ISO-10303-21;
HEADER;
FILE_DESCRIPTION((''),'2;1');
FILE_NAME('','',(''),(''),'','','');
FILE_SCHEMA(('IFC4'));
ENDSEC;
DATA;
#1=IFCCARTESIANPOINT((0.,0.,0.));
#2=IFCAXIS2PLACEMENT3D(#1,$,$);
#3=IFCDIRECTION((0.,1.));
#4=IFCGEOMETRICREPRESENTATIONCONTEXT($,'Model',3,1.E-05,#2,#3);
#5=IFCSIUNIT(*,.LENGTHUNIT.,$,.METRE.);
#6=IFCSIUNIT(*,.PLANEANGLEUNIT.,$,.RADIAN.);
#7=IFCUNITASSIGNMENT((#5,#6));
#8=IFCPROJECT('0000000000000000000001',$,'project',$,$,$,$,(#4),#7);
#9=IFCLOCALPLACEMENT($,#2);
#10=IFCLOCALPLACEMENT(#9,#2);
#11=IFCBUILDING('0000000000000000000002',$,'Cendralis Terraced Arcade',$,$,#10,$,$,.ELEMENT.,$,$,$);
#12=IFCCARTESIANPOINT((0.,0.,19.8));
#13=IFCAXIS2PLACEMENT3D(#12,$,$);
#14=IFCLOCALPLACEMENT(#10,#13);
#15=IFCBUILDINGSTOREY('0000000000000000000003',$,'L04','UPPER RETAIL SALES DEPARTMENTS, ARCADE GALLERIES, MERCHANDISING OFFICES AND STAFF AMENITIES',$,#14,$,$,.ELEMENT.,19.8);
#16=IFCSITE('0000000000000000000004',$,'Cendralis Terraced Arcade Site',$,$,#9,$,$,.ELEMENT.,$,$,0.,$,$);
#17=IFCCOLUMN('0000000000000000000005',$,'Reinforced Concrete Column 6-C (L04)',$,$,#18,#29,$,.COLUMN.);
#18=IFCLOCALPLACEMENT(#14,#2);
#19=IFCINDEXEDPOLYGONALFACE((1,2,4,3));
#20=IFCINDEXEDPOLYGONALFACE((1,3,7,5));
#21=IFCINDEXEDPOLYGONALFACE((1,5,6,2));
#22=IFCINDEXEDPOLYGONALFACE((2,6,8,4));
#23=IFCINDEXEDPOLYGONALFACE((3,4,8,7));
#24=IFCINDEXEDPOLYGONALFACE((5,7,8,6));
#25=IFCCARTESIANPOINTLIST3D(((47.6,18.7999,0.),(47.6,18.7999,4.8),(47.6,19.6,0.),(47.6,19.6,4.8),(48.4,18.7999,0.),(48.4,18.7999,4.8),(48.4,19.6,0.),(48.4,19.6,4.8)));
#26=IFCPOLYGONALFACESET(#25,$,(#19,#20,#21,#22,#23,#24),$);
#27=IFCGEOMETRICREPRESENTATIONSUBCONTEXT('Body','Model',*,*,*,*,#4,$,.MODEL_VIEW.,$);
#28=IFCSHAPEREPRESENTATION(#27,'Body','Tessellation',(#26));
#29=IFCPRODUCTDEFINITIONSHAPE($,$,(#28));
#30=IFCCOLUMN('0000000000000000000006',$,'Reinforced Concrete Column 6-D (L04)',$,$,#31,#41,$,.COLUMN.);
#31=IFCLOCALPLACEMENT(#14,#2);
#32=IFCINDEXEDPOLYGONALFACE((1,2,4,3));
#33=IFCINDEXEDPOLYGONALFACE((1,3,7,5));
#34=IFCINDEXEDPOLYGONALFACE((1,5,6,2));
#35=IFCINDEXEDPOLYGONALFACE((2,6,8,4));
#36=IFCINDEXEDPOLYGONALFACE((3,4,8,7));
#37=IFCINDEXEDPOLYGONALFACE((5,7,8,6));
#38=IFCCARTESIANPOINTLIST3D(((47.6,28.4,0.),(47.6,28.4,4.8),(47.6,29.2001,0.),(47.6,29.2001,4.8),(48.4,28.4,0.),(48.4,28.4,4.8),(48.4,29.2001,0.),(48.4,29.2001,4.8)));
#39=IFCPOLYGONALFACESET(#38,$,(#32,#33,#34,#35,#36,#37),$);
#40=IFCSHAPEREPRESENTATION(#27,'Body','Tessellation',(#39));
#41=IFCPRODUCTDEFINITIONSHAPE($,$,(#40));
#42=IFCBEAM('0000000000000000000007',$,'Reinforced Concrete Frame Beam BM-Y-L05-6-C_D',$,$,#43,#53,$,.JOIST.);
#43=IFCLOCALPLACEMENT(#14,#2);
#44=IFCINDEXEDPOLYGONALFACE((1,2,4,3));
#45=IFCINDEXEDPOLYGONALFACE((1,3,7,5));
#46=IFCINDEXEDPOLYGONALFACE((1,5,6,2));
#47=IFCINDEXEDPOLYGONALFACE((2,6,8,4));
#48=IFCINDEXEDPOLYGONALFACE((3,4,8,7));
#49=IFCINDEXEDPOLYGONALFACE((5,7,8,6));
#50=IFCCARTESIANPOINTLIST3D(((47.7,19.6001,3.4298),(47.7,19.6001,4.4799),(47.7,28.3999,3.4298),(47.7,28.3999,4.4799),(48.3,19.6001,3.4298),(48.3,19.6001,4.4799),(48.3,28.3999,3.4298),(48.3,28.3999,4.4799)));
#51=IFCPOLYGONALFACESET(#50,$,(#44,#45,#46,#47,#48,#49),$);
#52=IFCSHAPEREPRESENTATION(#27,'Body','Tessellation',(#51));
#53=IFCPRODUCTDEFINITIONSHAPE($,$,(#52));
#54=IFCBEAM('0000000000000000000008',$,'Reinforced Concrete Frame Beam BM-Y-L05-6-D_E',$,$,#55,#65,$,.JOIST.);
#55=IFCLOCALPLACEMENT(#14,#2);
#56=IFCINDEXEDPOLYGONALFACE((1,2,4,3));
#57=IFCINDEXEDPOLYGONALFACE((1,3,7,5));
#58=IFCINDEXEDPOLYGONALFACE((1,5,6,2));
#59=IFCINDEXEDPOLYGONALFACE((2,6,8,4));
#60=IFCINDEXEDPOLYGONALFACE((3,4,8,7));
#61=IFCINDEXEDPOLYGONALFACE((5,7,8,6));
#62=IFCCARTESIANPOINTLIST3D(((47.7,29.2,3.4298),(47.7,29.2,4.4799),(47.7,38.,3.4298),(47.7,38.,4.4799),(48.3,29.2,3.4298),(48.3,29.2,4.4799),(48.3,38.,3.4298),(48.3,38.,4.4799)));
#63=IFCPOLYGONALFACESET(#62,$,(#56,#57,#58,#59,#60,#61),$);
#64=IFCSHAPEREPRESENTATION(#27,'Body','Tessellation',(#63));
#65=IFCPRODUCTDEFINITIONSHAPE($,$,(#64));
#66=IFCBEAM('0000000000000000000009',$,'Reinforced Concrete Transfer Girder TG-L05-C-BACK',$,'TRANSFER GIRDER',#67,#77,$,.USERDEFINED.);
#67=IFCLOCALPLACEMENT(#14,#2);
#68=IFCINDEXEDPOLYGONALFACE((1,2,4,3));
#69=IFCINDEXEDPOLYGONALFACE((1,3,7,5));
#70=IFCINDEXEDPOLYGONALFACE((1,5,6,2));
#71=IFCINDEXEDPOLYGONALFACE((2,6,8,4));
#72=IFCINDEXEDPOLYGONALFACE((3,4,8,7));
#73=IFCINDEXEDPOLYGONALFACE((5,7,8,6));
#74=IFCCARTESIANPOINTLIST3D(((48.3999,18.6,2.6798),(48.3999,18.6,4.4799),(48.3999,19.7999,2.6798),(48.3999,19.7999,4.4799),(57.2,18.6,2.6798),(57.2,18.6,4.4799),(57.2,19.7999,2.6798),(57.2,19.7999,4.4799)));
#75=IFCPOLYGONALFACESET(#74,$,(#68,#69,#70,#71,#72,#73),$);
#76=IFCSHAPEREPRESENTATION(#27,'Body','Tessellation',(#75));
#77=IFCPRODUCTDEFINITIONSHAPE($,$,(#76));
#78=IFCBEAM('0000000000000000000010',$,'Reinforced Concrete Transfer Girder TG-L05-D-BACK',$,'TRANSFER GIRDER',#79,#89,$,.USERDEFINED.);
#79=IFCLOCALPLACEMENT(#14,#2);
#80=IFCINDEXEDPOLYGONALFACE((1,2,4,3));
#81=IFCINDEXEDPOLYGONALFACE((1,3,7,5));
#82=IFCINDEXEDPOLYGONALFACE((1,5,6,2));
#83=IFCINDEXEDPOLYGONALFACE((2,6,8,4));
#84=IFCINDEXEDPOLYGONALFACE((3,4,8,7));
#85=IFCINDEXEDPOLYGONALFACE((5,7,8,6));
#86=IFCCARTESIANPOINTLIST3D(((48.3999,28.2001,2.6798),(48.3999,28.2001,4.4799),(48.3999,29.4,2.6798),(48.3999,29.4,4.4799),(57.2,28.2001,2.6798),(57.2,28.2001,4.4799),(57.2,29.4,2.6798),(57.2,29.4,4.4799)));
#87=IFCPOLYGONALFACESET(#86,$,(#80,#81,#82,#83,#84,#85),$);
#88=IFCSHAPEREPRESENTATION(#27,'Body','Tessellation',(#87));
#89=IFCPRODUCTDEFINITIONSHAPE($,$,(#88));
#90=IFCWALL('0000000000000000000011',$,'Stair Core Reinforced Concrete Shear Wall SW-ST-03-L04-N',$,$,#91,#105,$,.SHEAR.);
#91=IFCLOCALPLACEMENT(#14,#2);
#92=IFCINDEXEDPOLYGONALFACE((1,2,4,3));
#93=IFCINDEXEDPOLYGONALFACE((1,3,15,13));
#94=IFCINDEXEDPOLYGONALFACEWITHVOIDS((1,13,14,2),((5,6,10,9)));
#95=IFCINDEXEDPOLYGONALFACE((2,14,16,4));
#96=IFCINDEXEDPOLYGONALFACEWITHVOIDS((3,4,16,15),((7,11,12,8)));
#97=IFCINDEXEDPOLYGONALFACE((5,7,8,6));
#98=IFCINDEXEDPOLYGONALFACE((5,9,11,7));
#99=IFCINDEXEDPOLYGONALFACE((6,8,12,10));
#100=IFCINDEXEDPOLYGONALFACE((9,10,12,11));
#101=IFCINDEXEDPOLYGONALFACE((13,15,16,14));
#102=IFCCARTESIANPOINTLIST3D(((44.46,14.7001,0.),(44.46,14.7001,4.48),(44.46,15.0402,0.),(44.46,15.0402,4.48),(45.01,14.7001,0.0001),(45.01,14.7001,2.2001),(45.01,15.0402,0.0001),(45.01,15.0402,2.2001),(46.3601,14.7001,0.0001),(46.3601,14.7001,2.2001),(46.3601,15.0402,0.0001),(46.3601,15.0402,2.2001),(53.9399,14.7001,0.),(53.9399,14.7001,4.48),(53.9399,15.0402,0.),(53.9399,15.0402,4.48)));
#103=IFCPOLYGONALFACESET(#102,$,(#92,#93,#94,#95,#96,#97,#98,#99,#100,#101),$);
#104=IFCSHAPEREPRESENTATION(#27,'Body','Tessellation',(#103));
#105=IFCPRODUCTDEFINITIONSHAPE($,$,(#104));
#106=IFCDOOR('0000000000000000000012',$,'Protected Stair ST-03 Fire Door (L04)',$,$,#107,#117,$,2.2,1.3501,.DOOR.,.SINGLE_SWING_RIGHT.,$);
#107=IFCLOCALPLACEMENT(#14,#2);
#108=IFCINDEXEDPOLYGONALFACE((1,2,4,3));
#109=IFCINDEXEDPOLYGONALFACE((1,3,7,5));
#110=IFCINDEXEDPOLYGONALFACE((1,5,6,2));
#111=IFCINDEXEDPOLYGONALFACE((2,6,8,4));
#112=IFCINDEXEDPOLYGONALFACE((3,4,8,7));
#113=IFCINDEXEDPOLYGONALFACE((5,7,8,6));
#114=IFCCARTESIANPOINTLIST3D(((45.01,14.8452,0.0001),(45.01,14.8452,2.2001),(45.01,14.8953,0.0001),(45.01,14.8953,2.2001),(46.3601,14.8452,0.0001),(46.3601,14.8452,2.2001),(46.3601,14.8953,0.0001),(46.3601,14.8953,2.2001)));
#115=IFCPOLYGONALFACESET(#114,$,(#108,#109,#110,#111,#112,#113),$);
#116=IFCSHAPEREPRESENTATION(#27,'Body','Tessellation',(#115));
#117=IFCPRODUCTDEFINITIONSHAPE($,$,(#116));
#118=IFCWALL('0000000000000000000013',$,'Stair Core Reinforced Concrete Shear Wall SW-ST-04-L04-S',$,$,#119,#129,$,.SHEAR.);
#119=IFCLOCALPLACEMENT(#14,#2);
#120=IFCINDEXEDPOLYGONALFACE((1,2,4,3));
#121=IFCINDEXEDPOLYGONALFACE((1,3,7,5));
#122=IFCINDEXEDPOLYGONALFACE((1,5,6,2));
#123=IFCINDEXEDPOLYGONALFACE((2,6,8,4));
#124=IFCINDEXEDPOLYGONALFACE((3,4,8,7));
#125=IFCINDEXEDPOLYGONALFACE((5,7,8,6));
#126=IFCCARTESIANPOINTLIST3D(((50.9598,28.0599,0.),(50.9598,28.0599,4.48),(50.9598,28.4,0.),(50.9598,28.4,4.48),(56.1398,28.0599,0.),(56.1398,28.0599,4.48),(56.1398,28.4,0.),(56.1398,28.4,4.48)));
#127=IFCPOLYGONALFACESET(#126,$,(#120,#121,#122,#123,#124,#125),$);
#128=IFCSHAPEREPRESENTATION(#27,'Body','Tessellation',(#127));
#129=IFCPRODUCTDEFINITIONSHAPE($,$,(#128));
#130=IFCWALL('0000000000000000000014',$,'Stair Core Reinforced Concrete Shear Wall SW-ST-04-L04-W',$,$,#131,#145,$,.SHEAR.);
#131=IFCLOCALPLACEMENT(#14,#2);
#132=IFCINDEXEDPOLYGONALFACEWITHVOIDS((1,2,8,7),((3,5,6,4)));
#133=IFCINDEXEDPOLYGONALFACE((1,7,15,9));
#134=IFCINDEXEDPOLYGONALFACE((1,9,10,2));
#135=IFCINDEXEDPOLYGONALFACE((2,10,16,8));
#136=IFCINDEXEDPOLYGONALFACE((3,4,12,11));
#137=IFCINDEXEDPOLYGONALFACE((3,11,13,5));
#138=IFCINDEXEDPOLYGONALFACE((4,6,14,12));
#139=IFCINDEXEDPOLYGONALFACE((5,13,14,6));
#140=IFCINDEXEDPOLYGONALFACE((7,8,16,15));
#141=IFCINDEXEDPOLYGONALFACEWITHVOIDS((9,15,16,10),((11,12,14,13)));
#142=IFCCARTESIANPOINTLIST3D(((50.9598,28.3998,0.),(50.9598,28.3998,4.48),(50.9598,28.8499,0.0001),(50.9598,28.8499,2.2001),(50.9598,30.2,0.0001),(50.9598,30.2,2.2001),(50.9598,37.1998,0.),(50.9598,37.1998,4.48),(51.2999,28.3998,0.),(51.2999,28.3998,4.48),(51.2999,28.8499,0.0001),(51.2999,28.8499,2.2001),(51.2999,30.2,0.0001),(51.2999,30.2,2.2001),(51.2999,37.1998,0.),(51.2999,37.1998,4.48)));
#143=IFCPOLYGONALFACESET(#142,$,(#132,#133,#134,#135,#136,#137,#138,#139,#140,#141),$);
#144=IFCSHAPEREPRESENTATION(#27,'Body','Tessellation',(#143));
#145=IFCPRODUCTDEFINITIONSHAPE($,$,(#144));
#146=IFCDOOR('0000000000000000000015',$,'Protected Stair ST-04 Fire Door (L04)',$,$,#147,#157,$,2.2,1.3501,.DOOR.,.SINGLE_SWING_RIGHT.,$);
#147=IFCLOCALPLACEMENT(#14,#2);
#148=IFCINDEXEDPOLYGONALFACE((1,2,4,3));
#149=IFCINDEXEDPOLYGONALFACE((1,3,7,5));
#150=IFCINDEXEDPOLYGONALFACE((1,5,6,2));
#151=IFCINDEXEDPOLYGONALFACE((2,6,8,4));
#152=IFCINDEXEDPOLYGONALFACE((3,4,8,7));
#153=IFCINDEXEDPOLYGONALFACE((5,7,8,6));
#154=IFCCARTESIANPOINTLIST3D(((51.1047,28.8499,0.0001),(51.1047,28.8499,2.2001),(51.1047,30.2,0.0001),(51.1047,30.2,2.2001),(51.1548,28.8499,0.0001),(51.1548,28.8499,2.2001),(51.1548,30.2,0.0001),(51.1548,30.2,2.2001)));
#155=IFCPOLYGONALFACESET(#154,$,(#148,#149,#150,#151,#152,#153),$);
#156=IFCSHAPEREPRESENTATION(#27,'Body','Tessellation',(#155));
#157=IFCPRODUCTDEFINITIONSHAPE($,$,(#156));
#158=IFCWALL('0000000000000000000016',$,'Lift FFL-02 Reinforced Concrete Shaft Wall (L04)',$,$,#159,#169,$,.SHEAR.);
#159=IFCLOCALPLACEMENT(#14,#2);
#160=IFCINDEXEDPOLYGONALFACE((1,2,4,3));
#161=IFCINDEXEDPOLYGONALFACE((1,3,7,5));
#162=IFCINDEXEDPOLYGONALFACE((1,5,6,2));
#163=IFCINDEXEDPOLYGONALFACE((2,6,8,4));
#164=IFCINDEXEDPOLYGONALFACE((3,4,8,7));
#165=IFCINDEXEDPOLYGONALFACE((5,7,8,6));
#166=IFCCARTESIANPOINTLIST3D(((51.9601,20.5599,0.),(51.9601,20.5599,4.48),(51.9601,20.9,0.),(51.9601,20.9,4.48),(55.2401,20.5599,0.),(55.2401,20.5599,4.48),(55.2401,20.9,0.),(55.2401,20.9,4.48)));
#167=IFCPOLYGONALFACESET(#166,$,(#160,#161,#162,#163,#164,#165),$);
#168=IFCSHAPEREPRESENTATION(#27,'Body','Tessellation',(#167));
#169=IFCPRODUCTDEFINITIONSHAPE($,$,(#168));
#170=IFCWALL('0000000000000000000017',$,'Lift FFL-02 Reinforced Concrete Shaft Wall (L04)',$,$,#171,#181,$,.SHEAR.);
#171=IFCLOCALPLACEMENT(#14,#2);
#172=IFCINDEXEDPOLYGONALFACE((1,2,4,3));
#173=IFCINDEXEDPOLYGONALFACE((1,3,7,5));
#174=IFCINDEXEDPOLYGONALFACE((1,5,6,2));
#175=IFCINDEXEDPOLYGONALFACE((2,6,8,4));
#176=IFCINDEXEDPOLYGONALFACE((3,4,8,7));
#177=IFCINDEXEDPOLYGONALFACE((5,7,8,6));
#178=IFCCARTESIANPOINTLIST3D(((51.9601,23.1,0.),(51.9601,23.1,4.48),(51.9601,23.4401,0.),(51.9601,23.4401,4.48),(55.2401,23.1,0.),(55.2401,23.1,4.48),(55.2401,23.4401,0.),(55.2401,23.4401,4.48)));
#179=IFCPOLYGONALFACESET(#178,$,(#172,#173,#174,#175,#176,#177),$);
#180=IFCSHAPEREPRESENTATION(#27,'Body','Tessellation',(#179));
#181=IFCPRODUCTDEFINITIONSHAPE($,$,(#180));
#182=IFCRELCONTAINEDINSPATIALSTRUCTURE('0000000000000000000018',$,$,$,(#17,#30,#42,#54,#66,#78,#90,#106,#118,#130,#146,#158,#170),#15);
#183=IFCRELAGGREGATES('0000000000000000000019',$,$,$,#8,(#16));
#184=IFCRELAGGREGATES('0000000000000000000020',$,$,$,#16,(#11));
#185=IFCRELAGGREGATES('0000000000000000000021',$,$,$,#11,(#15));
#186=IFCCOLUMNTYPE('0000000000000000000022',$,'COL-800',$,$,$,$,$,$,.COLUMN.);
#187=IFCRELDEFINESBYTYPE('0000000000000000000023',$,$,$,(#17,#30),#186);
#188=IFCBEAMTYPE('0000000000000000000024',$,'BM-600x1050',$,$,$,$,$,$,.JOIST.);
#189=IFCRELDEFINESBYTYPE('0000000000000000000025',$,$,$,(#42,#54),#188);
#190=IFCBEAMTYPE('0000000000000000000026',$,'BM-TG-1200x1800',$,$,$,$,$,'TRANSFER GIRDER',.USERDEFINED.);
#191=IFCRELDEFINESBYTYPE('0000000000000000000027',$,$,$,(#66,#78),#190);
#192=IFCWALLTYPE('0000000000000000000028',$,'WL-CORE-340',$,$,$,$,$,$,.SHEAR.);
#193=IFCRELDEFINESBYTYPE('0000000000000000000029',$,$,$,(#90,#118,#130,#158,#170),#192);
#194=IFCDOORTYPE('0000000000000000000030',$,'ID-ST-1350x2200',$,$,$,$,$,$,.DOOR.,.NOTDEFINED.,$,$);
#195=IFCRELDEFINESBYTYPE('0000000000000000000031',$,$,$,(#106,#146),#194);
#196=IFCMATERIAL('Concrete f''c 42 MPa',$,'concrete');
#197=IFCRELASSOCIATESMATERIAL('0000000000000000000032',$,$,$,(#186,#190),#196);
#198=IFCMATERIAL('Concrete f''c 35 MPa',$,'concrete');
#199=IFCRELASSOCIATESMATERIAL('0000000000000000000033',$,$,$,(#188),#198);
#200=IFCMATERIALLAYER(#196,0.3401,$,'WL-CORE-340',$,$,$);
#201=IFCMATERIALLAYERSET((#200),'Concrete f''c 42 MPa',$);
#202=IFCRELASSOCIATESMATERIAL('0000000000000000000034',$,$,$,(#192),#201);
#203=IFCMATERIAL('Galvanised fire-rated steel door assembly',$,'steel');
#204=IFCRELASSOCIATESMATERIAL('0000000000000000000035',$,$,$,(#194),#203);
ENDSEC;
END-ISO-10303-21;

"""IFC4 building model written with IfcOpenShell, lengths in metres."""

from ifc_helpers import new_model, si_unit, direction, frame, frame_2d, origin, origin_2d, place, context, subcontext, project, spatial, rectangle, extrude, material, layer, layer_set, material_profile, profile_set, type_object, element, fill, save


model = new_model("IFC4")

# Units and contexts
model_context = context("Model", 3, precision=1e-05, world=origin(), true_north=direction((0.0, 1.0)))
body_context = subcontext(model_context, "Body", "Model", "MODEL_VIEW")
ifc_project = project(units=[si_unit("LENGTHUNIT", "METRE"), si_unit("PLANEANGLEUNIT", "RADIAN")], contexts=[model_context])

# Site, building, storey
site_placement = place(None, origin())
site = spatial("IfcSite", under=ifc_project, at=site_placement, Name="Cendralis Terraced Arcade Site", CompositionType="ELEMENT", RefElevation=0.0)
building_placement = place(site_placement, origin())
building = spatial("IfcBuilding", under=site, at=building_placement, Name="Cendralis Terraced Arcade", CompositionType="ELEMENT")
storey_placement = place(building_placement, frame((0.0, 0.0, 19.8)))
storey = spatial("IfcBuildingStorey", under=building, at=storey_placement, Name="L04", Description="UPPER RETAIL SALES DEPARTMENTS, ARCADE GALLERIES, MERCHANDISING OFFICES AND STAFF AMENITIES", CompositionType="ELEMENT", Elevation=19.8)

# Columns
ifc_material_1 = material(Name="Concrete f'c 42 MPa", Category="concrete")
ifc_material_profile_1 = material_profile(ifc_material_1, rectangle(XDim=0.8, YDim=0.8, at=origin_2d()), Name="RC-COL-800x800", Category="LoadBearing")
ifc_profile_set_1 = profile_set([ifc_material_profile_1], Name="Concrete f'c 42 MPa")
column_type = type_object("IfcColumnType", Name="COL-800", PredefinedType="COLUMN", material=ifc_profile_set_1)
for number, where, z_axis, x_axis, name in (
    (1, (48.0, 19.2, 0.0), (0.0, 0.0, 1.0), (1.0, 0.0, 0.0), "Reinforced Concrete Column 6-C (L04)"),
    (2, (48.0, 28.8, 0.0), (0.0, 0.0, 1.0), (1.0, 0.0, 0.0), "Reinforced Concrete Column 6-D (L04)"),
):
    element("IfcColumn", number, at=place(storey_placement, frame(where, z_axis=z_axis, x_axis=x_axis)), inside=storey, type_object=column_type, Name=name, PredefinedType="COLUMN", context=body_context, shape_type="SweptSolid", body=[
        extrude(rectangle(XDim=0.8, YDim=0.8, at=origin_2d()), origin(), (0.0, 0.0, 1.0), 4.8),
    ])

# Beams
ifc_material_2 = material(Name="Concrete f'c 35 MPa", Category="concrete")
ifc_material_profile_2 = material_profile(ifc_material_2, rectangle(XDim=0.6001, YDim=1.05, at=origin_2d()), Name="RC-BM-600x1050", Category="LoadBearing")
ifc_profile_set_2 = profile_set([ifc_material_profile_2], Name="Concrete f'c 35 MPa")
beam_type_1 = type_object("IfcBeamType", Name="BM-600x1050", PredefinedType="JOIST", material=ifc_profile_set_2)
beam_1_placement = place(storey_placement, frame((48.0, 19.6001, 3.9548), z_axis=(0.0, 1.0, 0.0), x_axis=(-1.0, 0.0, 0.0)))
element("IfcBeam", 3, at=beam_1_placement, inside=storey, type_object=beam_type_1, Name="Reinforced Concrete Frame Beam BM-Y-L05-6-C_D", PredefinedType="JOIST", context=body_context, shape_type="SweptSolid", body=[
    extrude(rectangle(XDim=0.6001, YDim=1.05, at=origin_2d()), origin(), (0.0, 0.0, 1.0), 8.7998),
])
beam_2_placement = place(storey_placement, frame((48.0, 29.2, 3.9548), z_axis=(0.0, 1.0, 0.0), x_axis=(-1.0, 0.0, 0.0)))
element("IfcBeam", 4, at=beam_2_placement, inside=storey, type_object=beam_type_1, Name="Reinforced Concrete Frame Beam BM-Y-L05-6-D_E", PredefinedType="JOIST", context=body_context, shape_type="SweptSolid", body=[
    extrude(rectangle(XDim=0.6001, YDim=1.05, at=origin_2d()), origin(), (0.0, 0.0, 1.0), 8.8),
])
ifc_material_profile_3 = material_profile(ifc_material_1, rectangle(XDim=1.2, YDim=1.8, at=origin_2d()), Name="RC-TG-1200x1800", Category="LoadBearing")
ifc_profile_set_3 = profile_set([ifc_material_profile_3], Name="Concrete f'c 42 MPa")
beam_type_2 = type_object("IfcBeamType", Name="BM-TG-1200x1800", ElementType="TRANSFER GIRDER", PredefinedType="USERDEFINED", material=ifc_profile_set_3)
for number, where, z_axis, x_axis, name in (
    (5, (48.3999, 19.2, 3.5798), (1.0, 0.0, 0.0), (0.0, 1.0, 0.0), "Reinforced Concrete Transfer Girder TG-L05-C-BACK"),
    (6, (48.3999, 28.8, 3.5798), (1.0, 0.0, 0.0), (0.0, 1.0, 0.0), "Reinforced Concrete Transfer Girder TG-L05-D-BACK"),
):
    element("IfcBeam", number, at=place(storey_placement, frame(where, z_axis=z_axis, x_axis=x_axis)), inside=storey, type_object=beam_type_2, Name=name, ObjectType="TRANSFER GIRDER", PredefinedType="USERDEFINED", context=body_context, shape_type="SweptSolid", body=[
        extrude(rectangle(XDim=1.2, YDim=1.8, at=origin_2d()), origin(), (0.0, 0.0, 1.0), 8.8),
    ])

# Wall, opening, door
ifc_layer_1 = layer(ifc_material_1, 0.3401, Name="WL-CORE-340")
ifc_layer_set_1 = layer_set([ifc_layer_1], Name="Concrete f'c 42 MPa")
wall_type_1 = type_object("IfcWallType", Name="WL-CORE-340", PredefinedType="SHEAR", material=ifc_layer_set_1)
wall_1_placement = place(storey_placement, frame((44.46, 14.8701, 0.0), z_axis=(0.0, 0.0, 1.0), x_axis=(1.0, 0.0, 0.0)))
wall_1 = element("IfcWall", 7, at=wall_1_placement, inside=storey, type_object=wall_type_1, Name="Stair Core Reinforced Concrete Shear Wall SW-ST-03-L04-N", PredefinedType="SHEAR", context=body_context, shape_type="SweptSolid", body=[
    extrude(rectangle(XDim=9.48, YDim=0.3401, at=frame_2d((4.74, 0.0))), origin(), (0.0, 0.0, 1.0), 4.48),
])
opening_1_placement = place(wall_1_placement, frame((0.55, 0.0, 0.0)))
opening_1 = element("IfcOpeningElement", 8, at=opening_1_placement, cuts=wall_1, PredefinedType="OPENING", context=body_context, shape_type="SweptSolid", body=[
    extrude(rectangle(XDim=1.3501, YDim=2.2, at=frame_2d((0.675, 1.1001))), frame((0.0, 0.1821, 0.0), z_axis=(0.0, -1.0, 0.0), x_axis=(1.0, 0.0, 0.0)), (0.0, 0.0, 1.0), 0.364),
])
ifc_material_3 = material(Name="Galvanised fire-rated steel door assembly", Category="steel")
door_type_1 = type_object("IfcDoorType", Name="ID-ST-1350x2200", OperationType="NOTDEFINED", PredefinedType="DOOR", material=ifc_material_3)
door_1_placement = place(opening_1_placement, frame((1.3501, 0.0, 0.0), z_axis=(0.0, 0.0, 1.0), x_axis=(-1.0, 0.0, 0.0)))
door_1 = element("IfcDoor", 9, at=door_1_placement, inside=storey, type_object=door_type_1, Name="Protected Stair ST-03 Fire Door (L04)", OperationType="SINGLE_SWING_RIGHT", OverallHeight=2.2, OverallWidth=1.3501, PredefinedType="DOOR", context=body_context, shape_type="SweptSolid", body=[
    extrude(rectangle(XDim=1.3501, YDim=2.2, at=frame_2d((0.675, 1.1001))), frame((0.0, 0.0249, 0.0), z_axis=(0.0, -1.0, 0.0), x_axis=(1.0, 0.0, 0.0)), (0.0, 0.0, 1.0), 0.05),
])
fill(opening_1, door_1)

# Wall
wall_2_placement = place(storey_placement, frame((50.96, 28.23, 0.0), z_axis=(0.0, 0.0, 1.0), x_axis=(1.0, 0.0, 0.0)))
element("IfcWall", 10, at=wall_2_placement, inside=storey, type_object=wall_type_1, Name="Stair Core Reinforced Concrete Shear Wall SW-ST-04-L04-S", PredefinedType="SHEAR", context=body_context, shape_type="SweptSolid", body=[
    extrude(rectangle(XDim=5.1799, YDim=0.3401, at=frame_2d((2.5898, 0.0))), origin(), (0.0, 0.0, 1.0), 4.48),
])

# Wall, opening, door
wall_3_placement = place(storey_placement, frame((51.1299, 28.3999, 0.0), z_axis=(0.0, 0.0, 1.0), x_axis=(0.0, 1.0, 0.0)))
wall_3 = element("IfcWall", 11, at=wall_3_placement, inside=storey, type_object=wall_type_1, Name="Stair Core Reinforced Concrete Shear Wall SW-ST-04-L04-W", PredefinedType="SHEAR", context=body_context, shape_type="SweptSolid", body=[
    extrude(rectangle(XDim=8.8, YDim=0.3401, at=frame_2d((4.3999, 0.0))), origin(), (0.0, 0.0, 1.0), 4.48),
])
opening_2_placement = place(wall_3_placement, frame((0.45, 0.0, 0.0)))
opening_2 = element("IfcOpeningElement", 12, at=opening_2_placement, cuts=wall_3, PredefinedType="OPENING", context=body_context, shape_type="SweptSolid", body=[
    extrude(rectangle(XDim=1.3501, YDim=2.2, at=frame_2d((0.675, 1.1001))), frame((0.0, 0.1821, 0.0), z_axis=(0.0, -1.0, 0.0), x_axis=(1.0, 0.0, 0.0)), (0.0, 0.0, 1.0), 0.364),
])
door_2_placement = place(opening_2_placement, frame((1.3501, 0.0, 0.0), z_axis=(0.0, 0.0, 1.0), x_axis=(-1.0, 0.0, 0.0)))
door_2 = element("IfcDoor", 13, at=door_2_placement, inside=storey, type_object=door_type_1, Name="Protected Stair ST-04 Fire Door (L04)", OperationType="SINGLE_SWING_RIGHT", OverallHeight=2.2, OverallWidth=1.3501, PredefinedType="DOOR", context=body_context, shape_type="SweptSolid", body=[
    extrude(rectangle(XDim=1.3501, YDim=2.2, at=frame_2d((0.675, 1.1001))), frame((0.0, 0.0249, 0.0), z_axis=(0.0, -1.0, 0.0), x_axis=(1.0, 0.0, 0.0)), (0.0, 0.0, 1.0), 0.05),
])
fill(opening_2, door_2)

# Walls
for number, where, z_axis, x_axis, name in (
    (14, (51.96, 20.73, 0.0), (0.0, 0.0, 1.0), (1.0, 0.0, 0.0), "Lift FFL-02 Reinforced Concrete Shaft Wall (L04)"),
    (15, (51.96, 23.27, 0.0), (0.0, 0.0, 1.0), (1.0, 0.0, 0.0), "Lift FFL-02 Reinforced Concrete Shaft Wall (L04)"),
):
    element("IfcWall", number, at=place(storey_placement, frame(where, z_axis=z_axis, x_axis=x_axis)), inside=storey, type_object=wall_type_1, Name=name, PredefinedType="SHEAR", context=body_context, shape_type="SweptSolid", body=[
        extrude(rectangle(XDim=3.28, YDim=0.3401, at=frame_2d((1.6401, 0.0))), origin(), (0.0, 0.0, 1.0), 4.48),
    ])

save(model, "model.ifc")
